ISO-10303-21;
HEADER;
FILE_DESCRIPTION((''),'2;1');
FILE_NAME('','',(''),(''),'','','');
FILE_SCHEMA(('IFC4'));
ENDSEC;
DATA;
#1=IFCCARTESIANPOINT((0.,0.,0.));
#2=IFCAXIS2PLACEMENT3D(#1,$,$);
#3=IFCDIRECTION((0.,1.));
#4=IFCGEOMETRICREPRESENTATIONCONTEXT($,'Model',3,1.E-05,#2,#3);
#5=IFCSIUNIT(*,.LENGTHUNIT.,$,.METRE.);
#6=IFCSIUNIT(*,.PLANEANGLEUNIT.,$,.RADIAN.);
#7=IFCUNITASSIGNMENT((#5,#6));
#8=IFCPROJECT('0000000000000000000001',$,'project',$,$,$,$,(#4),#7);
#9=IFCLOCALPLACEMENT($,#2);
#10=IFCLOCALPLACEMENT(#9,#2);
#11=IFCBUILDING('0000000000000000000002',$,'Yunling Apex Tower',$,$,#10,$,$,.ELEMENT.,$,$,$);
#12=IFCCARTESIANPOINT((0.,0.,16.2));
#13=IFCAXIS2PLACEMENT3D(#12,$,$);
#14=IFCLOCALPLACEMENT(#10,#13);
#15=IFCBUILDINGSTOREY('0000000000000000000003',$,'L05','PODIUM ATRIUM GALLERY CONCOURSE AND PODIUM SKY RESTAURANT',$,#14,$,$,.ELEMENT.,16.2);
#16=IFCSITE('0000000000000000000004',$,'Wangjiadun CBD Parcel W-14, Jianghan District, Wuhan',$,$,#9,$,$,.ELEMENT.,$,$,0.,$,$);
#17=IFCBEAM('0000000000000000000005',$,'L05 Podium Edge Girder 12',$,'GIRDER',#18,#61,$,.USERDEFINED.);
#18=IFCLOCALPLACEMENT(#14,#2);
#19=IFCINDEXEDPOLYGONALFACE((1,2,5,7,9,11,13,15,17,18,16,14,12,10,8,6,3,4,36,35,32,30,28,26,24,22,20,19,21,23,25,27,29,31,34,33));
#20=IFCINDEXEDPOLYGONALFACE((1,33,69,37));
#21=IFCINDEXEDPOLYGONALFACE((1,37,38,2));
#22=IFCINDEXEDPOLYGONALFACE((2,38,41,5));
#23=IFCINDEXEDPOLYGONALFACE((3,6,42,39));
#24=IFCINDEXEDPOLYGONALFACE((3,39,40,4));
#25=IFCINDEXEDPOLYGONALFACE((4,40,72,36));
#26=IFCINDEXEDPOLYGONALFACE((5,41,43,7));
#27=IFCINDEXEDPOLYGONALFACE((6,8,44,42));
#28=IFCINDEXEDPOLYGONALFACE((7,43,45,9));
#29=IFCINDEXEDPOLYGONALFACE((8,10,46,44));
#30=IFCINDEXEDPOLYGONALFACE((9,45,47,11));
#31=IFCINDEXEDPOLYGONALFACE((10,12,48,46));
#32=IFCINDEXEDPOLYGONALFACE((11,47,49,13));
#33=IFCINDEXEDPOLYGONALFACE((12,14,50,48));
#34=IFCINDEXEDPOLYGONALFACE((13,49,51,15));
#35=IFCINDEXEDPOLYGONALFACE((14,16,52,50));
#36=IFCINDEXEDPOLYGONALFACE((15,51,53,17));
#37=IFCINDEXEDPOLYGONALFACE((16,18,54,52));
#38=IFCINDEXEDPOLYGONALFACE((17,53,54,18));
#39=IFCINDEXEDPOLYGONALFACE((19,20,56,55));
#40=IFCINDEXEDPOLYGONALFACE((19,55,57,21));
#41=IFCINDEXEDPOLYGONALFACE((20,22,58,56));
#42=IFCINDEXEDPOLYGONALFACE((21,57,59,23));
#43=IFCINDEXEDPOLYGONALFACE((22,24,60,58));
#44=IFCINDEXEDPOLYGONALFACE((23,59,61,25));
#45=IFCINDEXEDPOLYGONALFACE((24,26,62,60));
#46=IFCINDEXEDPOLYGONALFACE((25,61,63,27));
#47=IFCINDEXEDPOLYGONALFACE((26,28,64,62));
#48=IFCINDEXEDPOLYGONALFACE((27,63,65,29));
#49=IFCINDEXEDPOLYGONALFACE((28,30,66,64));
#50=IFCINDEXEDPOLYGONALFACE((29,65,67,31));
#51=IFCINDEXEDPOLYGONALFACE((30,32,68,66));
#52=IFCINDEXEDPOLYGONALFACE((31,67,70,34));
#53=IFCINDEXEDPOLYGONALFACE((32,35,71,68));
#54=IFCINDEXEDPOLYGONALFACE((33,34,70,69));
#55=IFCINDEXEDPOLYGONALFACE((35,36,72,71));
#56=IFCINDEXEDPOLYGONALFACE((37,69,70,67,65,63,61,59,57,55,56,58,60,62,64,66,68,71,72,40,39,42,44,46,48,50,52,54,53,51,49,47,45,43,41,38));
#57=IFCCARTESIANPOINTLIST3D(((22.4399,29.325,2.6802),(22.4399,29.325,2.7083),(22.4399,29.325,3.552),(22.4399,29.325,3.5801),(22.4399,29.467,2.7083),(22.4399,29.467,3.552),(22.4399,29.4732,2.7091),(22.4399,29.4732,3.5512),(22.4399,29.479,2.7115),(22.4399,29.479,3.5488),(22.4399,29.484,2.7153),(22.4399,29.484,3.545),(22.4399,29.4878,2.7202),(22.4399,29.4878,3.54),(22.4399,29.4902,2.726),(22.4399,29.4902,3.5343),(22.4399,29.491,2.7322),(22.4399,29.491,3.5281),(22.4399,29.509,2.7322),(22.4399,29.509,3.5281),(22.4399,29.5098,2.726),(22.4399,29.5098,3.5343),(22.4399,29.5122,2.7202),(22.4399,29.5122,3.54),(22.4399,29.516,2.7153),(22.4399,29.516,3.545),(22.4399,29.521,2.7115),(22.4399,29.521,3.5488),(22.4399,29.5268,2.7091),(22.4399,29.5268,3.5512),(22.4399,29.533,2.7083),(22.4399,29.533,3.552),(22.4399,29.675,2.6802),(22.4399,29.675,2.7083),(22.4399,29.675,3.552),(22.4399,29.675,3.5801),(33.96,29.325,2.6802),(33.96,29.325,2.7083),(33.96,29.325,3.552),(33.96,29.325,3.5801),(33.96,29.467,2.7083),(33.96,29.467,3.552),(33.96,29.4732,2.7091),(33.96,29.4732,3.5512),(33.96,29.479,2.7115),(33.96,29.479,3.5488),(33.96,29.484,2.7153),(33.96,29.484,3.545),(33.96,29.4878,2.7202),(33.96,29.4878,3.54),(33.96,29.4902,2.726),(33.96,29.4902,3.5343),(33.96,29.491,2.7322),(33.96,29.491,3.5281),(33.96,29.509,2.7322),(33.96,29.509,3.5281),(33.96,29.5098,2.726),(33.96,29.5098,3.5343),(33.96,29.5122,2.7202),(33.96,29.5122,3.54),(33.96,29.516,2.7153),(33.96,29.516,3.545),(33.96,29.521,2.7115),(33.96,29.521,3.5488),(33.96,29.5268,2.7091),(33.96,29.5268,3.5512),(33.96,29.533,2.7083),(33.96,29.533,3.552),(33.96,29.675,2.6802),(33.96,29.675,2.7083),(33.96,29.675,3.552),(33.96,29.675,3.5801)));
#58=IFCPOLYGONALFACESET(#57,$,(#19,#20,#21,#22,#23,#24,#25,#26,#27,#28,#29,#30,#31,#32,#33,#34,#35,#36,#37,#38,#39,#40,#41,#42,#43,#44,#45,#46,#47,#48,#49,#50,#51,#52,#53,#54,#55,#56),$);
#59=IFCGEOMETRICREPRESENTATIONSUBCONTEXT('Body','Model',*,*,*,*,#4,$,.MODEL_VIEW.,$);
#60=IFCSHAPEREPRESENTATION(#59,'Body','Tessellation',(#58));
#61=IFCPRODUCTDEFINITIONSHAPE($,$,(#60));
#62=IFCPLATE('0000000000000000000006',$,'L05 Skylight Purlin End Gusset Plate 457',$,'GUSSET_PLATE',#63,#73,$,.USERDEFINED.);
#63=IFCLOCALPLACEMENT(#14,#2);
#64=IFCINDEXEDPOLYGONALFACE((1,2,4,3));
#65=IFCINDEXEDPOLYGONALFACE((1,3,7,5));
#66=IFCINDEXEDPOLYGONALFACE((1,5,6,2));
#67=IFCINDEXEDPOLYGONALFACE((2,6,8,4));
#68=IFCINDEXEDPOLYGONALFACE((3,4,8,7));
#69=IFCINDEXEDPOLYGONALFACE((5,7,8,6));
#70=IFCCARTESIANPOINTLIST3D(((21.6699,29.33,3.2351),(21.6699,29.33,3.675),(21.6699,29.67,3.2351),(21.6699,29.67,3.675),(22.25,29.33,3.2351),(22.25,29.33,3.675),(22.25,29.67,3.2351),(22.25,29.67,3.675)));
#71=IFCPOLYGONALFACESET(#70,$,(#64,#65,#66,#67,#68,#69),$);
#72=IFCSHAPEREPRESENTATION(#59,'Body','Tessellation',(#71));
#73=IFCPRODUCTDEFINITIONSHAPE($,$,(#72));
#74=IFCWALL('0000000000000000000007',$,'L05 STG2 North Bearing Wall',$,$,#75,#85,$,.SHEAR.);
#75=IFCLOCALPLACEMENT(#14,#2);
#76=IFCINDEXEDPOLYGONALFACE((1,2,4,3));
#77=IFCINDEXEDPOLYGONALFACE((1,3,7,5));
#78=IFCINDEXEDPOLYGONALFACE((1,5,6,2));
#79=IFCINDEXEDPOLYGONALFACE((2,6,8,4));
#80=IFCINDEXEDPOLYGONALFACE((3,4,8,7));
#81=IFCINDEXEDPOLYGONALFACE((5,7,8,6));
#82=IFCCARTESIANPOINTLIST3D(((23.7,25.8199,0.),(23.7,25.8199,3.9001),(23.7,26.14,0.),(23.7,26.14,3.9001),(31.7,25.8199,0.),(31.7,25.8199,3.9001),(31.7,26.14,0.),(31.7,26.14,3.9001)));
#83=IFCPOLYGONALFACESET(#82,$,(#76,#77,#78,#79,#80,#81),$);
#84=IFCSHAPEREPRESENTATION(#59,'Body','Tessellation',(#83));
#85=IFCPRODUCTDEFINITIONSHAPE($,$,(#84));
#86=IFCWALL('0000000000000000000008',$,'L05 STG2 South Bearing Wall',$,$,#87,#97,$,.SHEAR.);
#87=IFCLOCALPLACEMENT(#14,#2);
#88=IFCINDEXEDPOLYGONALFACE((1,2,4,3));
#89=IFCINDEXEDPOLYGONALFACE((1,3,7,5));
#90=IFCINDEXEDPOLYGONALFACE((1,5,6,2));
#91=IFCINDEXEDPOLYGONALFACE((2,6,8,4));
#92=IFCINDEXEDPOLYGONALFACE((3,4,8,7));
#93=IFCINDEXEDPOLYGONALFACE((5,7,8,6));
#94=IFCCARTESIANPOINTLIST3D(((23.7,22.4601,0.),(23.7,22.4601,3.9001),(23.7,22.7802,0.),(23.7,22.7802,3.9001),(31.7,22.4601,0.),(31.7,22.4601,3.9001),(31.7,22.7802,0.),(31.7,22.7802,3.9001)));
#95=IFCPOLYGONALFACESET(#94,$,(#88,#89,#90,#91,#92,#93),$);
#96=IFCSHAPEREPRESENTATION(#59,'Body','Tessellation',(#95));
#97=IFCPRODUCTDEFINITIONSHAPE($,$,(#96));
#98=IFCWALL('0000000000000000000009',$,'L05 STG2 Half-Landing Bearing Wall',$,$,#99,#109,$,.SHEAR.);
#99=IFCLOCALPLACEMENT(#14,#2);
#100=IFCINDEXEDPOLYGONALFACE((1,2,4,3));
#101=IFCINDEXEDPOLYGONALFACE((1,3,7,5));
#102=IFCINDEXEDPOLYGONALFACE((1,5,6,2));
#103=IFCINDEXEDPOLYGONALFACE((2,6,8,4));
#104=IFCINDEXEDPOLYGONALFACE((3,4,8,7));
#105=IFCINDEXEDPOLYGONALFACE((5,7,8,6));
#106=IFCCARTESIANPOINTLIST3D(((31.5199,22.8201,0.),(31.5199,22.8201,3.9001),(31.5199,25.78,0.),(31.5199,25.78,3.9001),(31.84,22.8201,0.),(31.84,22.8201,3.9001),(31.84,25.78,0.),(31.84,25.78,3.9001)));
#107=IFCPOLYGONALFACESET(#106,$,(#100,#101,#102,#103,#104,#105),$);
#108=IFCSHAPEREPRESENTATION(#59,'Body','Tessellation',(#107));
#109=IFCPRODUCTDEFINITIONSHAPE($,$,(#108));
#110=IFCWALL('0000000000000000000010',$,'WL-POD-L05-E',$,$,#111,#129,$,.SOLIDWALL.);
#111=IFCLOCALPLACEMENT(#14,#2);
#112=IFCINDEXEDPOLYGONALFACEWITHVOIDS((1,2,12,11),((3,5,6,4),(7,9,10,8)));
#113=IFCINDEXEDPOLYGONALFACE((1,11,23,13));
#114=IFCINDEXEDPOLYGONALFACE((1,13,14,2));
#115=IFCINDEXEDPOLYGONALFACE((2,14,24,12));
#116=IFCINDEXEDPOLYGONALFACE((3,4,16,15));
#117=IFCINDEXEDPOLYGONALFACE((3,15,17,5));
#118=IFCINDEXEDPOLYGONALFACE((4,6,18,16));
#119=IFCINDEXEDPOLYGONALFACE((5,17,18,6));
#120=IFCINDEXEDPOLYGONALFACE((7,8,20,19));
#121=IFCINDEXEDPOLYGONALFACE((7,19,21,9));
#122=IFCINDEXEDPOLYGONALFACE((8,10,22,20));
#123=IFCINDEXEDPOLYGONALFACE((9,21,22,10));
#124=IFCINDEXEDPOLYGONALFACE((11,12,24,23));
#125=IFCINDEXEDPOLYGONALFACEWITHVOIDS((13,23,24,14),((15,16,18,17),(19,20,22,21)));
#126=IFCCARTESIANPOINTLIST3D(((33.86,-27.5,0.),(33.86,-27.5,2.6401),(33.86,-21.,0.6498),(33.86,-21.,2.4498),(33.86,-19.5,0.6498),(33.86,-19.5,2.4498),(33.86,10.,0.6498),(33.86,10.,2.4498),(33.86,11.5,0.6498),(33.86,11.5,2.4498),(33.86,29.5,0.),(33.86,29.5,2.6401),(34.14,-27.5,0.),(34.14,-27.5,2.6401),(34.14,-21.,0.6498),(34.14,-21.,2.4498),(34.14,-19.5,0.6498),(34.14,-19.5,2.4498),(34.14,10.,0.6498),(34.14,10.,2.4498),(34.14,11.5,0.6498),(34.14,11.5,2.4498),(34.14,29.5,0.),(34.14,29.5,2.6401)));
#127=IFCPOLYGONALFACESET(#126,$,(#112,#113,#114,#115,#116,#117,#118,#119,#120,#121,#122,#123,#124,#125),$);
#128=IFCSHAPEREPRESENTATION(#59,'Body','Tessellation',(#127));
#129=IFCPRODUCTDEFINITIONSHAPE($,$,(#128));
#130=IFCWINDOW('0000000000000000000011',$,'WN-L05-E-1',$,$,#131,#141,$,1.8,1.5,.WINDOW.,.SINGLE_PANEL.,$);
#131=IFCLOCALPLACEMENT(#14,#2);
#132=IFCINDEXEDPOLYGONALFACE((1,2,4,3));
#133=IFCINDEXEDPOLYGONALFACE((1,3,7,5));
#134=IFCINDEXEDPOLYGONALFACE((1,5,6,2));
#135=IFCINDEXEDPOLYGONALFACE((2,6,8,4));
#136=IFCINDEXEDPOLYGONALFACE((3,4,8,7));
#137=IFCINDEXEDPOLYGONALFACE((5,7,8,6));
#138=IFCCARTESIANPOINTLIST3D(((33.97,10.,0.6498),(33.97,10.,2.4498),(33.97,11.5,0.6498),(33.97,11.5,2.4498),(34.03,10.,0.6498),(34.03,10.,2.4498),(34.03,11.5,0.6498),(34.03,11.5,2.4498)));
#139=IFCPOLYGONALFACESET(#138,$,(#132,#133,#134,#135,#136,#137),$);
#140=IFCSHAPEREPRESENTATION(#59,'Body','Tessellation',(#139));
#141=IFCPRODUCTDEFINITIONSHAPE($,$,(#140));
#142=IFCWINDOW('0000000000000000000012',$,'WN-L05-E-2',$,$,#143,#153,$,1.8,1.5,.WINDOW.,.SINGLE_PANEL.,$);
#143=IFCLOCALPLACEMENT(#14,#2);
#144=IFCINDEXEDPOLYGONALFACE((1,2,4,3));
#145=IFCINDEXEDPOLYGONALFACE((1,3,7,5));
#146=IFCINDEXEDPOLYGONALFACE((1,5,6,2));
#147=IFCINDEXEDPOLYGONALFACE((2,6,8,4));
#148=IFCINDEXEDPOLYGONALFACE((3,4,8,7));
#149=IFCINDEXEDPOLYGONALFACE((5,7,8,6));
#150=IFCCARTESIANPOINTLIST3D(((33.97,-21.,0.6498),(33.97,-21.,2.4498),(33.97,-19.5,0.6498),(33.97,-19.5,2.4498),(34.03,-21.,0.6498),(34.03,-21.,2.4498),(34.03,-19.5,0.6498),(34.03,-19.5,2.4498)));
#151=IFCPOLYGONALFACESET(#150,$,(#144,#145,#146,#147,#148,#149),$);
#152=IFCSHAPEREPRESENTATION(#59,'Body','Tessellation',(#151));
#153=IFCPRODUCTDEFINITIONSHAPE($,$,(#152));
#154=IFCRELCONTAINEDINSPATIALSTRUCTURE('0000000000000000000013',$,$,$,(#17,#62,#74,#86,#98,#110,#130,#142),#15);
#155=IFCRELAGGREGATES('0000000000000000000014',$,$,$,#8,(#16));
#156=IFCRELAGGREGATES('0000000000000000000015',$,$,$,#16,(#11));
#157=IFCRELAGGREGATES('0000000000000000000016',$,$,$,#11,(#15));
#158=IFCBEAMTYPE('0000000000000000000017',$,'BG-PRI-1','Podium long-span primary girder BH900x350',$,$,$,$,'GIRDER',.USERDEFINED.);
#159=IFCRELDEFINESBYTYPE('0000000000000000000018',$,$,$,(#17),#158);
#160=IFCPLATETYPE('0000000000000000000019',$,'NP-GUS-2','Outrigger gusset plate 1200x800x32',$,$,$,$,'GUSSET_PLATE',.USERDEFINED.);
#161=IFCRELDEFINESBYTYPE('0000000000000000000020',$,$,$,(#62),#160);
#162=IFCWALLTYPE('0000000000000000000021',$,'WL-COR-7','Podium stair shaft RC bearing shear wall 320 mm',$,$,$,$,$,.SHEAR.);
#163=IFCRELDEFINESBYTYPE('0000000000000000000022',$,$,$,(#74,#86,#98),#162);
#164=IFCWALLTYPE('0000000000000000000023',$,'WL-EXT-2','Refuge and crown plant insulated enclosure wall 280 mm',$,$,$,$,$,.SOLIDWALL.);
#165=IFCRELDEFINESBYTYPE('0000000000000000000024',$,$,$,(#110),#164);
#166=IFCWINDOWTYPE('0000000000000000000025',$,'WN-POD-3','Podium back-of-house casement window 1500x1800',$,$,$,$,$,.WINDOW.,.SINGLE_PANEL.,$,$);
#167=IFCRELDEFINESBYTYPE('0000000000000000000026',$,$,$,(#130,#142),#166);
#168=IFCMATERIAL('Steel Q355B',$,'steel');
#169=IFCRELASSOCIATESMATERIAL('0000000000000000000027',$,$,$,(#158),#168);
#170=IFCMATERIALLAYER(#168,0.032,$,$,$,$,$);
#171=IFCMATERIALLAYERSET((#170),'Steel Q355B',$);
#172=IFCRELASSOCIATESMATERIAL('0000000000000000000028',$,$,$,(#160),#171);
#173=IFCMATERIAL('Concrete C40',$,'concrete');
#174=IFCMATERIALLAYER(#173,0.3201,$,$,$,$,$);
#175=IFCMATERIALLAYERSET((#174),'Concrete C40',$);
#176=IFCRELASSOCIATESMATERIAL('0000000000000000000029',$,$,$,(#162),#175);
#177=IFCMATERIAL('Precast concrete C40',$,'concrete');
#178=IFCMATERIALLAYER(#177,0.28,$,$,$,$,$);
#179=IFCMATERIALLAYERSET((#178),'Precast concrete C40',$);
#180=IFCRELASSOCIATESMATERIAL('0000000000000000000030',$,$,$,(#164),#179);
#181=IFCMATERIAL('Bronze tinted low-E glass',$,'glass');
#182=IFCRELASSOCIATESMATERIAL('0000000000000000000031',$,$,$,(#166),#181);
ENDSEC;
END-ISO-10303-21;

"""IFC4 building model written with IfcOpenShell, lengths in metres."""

from ifc_helpers import new_model, si_unit, direction, frame, frame_2d, origin, origin_2d, place, context, subcontext, project, spatial, rectangle, i_section, extrude, source, transform, mapped, material, layer, layer_set, material_profile, profile_set, type_object, element, fill, save


model = new_model("IFC4")

# Units and contexts
model_context = context("Model", 3, precision=1e-05, world=origin(), true_north=direction((0.0, 1.0)))
body_context = subcontext(model_context, "Body", "Model", "MODEL_VIEW")
ifc_project = project(units=[si_unit("LENGTHUNIT", "METRE"), si_unit("PLANEANGLEUNIT", "RADIAN")], contexts=[model_context])

# Site, building, storey
site_placement = place(None, origin())
site = spatial("IfcSite", under=ifc_project, at=site_placement, Name="Wangjiadun CBD Parcel W-14, Jianghan District, Wuhan", CompositionType="ELEMENT", RefElevation=0.0)
building_placement = place(site_placement, origin())
building = spatial("IfcBuilding", under=site, at=building_placement, Name="Yunling Apex Tower", CompositionType="ELEMENT")
storey_placement = place(building_placement, frame((0.0, 0.0, 16.2)))
storey = spatial("IfcBuildingStorey", under=building, at=storey_placement, Name="L05", Description="PODIUM ATRIUM GALLERY CONCOURSE AND PODIUM SKY RESTAURANT", CompositionType="ELEMENT", Elevation=16.2)

# Beam
ifc_material_1 = material(Name="Steel Q355B", Category="steel")
ifc_material_profile_1 = material_profile(ifc_material_1, i_section(OverallWidth=0.3501, OverallDepth=0.8999, WebThickness=0.0181, FlangeThickness=0.0281, FilletRadius=0.0239, at=origin_2d()))
ifc_profile_set_1 = profile_set([ifc_material_profile_1], Name="Steel Q355B")
beam_type_1 = type_object("IfcBeamType", Name="BG-PRI-1", Description="Podium long-span primary girder BH900x350", ElementType="GIRDER", PredefinedType="USERDEFINED", material=ifc_profile_set_1)
shared_shape_1 = source(origin(), body_context, "Body", "SweptSolid", [
    extrude(i_section(OverallWidth=0.3501, OverallDepth=0.8999, WebThickness=0.0181, FlangeThickness=0.0281, FilletRadius=0.0239, at=origin_2d()), origin(), (0.0, 0.0, 1.0), 11.52),
])
beam_1_placement = place(storey_placement, frame((22.4399, 29.5, 3.1301), z_axis=(1.0, 0.0, 0.0), x_axis=(0.0, 1.0, 0.0)))
element("IfcBeam", 1, at=beam_1_placement, inside=storey, type_object=beam_type_1, Name="L05 Podium Edge Girder 12", ObjectType="GIRDER", PredefinedType="USERDEFINED", context=body_context, shape_type="MappedRepresentation", body=[
    mapped(shared_shape_1, transform((0.0, 0.0, 0.0), scale=1.0)),
])

# Plate
ifc_layer_1 = layer(ifc_material_1, 0.032)
ifc_layer_set_1 = layer_set([ifc_layer_1], Name="Steel Q355B")
plate_type = type_object("IfcPlateType", Name="NP-GUS-2", Description="Outrigger gusset plate 1200x800x32", ElementType="GUSSET_PLATE", PredefinedType="USERDEFINED", material=ifc_layer_set_1)
shared_shape_2 = source(origin(), body_context, "Body", "SweptSolid", [
    extrude(rectangle(XDim=0.5801, YDim=0.3401, at=origin_2d()), origin(), (0.0, 0.0, 1.0), 0.4399),
])
plate_placement = place(storey_placement, frame((21.96, 29.5, 3.2351), z_axis=(0.0, 0.0, 1.0), x_axis=(1.0, 0.0, 0.0)))
element("IfcPlate", 2, at=plate_placement, inside=storey, type_object=plate_type, Name="L05 Skylight Purlin End Gusset Plate 457", ObjectType="GUSSET_PLATE", PredefinedType="USERDEFINED", context=body_context, shape_type="MappedRepresentation", body=[
    mapped(shared_shape_2, transform((0.0, 0.0, 0.0), scale=1.0)),
])

# Walls
ifc_material_2 = material(Name="Concrete C40", Category="concrete")
ifc_layer_2 = layer(ifc_material_2, 0.3201)
ifc_layer_set_2 = layer_set([ifc_layer_2], Name="Concrete C40")
wall_type_1 = type_object("IfcWallType", Name="WL-COR-7", Description="Podium stair shaft RC bearing shear wall 320 mm", PredefinedType="SHEAR", material=ifc_layer_set_2)
for number, where, z_axis, x_axis, name in (
    (3, (23.7, 25.98, 0.0), (0.0, 0.0, 1.0), (1.0, 0.0, 0.0), "L05 STG2 North Bearing Wall"),
    (4, (23.7, 22.6201, 0.0), (0.0, 0.0, 1.0), (1.0, 0.0, 0.0), "L05 STG2 South Bearing Wall"),
):
    element("IfcWall", number, at=place(storey_placement, frame(where, z_axis=z_axis, x_axis=x_axis)), inside=storey, type_object=wall_type_1, Name=name, PredefinedType="SHEAR", context=body_context, shape_type="SweptSolid", body=[
        extrude(rectangle(XDim=8.0, YDim=0.3201, at=frame_2d((4.0, 0.0))), origin(), (0.0, 0.0, 1.0), 3.9001),
    ])
wall_1_placement = place(storey_placement, frame((31.6799, 22.8201, 0.0), z_axis=(0.0, 0.0, 1.0), x_axis=(0.0, 1.0, 0.0)))
element("IfcWall", 5, at=wall_1_placement, inside=storey, type_object=wall_type_1, Name="L05 STG2 Half-Landing Bearing Wall", PredefinedType="SHEAR", context=body_context, shape_type="SweptSolid", body=[
    extrude(rectangle(XDim=2.96, YDim=0.3201, at=frame_2d((1.48, 0.0))), origin(), (0.0, 0.0, 1.0), 3.9001),
])

# Wall, openings, windows
ifc_material_3 = material(Name="Precast concrete C40", Category="concrete")
ifc_layer_3 = layer(ifc_material_3, 0.28)
ifc_layer_set_3 = layer_set([ifc_layer_3], Name="Precast concrete C40")
wall_type_2 = type_object("IfcWallType", Name="WL-EXT-2", Description="Refuge and crown plant insulated enclosure wall 280 mm", PredefinedType="SOLIDWALL", material=ifc_layer_set_3)
wall_2_placement = place(storey_placement, frame((34.0, 29.5, 0.0), z_axis=(0.0, 0.0, 1.0), x_axis=(0.0, -1.0, 0.0)))
wall_2 = element("IfcWall", 6, at=wall_2_placement, inside=storey, type_object=wall_type_2, Name="WL-POD-L05-E", PredefinedType="SOLIDWALL", context=body_context, shape_type="SweptSolid", body=[
    extrude(rectangle(XDim=57.0, YDim=0.28, at=frame_2d((28.5, 0.0))), origin(), (0.0, 0.0, 1.0), 2.6401),
])
opening_1_placement = place(wall_2_placement, frame((18.0, 0.0, 0.6499)))
opening_1 = element("IfcOpeningElement", 7, at=opening_1_placement, cuts=wall_2, PredefinedType="OPENING", context=body_context, shape_type="SweptSolid", body=[
    extrude(rectangle(XDim=1.5, YDim=1.8, at=frame_2d((0.75, 0.8999))), frame((0.0, 0.1499, 0.0), z_axis=(0.0, -1.0, 0.0), x_axis=(1.0, 0.0, 0.0)), (0.0, 0.0, 1.0), 0.3),
])
opening_2_placement = place(wall_2_placement, frame((49.0, 0.0, 0.6499)))
opening_2 = element("IfcOpeningElement", 8, at=opening_2_placement, cuts=wall_2, PredefinedType="OPENING", context=body_context, shape_type="SweptSolid", body=[
    extrude(rectangle(XDim=1.5, YDim=1.8, at=frame_2d((0.75, 0.8999))), frame((0.0, 0.1499, 0.0), z_axis=(0.0, -1.0, 0.0), x_axis=(1.0, 0.0, 0.0)), (0.0, 0.0, 1.0), 0.3),
])
ifc_material_4 = material(Name="Bronze tinted low-E glass", Category="glass")
window_type = type_object("IfcWindowType", Name="WN-POD-3", Description="Podium back-of-house casement window 1500x1800", PartitioningType="SINGLE_PANEL", PredefinedType="WINDOW", material=ifc_material_4)
window_1_placement = place(opening_1_placement, origin())
window_1 = element("IfcWindow", 9, at=window_1_placement, inside=storey, type_object=window_type, Name="WN-L05-E-1", OverallHeight=1.8, OverallWidth=1.5, PartitioningType="SINGLE_PANEL", PredefinedType="WINDOW", context=body_context, shape_type="SweptSolid", body=[
    extrude(rectangle(XDim=1.5, YDim=1.8, at=frame_2d((0.75, 0.8999))), frame((0.0, 0.03, 0.0), z_axis=(0.0, -1.0, 0.0), x_axis=(1.0, 0.0, 0.0)), (0.0, 0.0, 1.0), 0.0601),
])
fill(opening_1, window_1)
window_2_placement = place(opening_2_placement, origin())
window_2 = element("IfcWindow", 10, at=window_2_placement, inside=storey, type_object=window_type, Name="WN-L05-E-2", OverallHeight=1.8, OverallWidth=1.5, PartitioningType="SINGLE_PANEL", PredefinedType="WINDOW", context=body_context, shape_type="SweptSolid", body=[
    extrude(rectangle(XDim=1.5, YDim=1.8, at=frame_2d((0.75, 0.8999))), frame((0.0, 0.03, 0.0), z_axis=(0.0, -1.0, 0.0), x_axis=(1.0, 0.0, 0.0)), (0.0, 0.0, 1.0), 0.0601),
])
fill(opening_2, window_2)

save(model, "model.ifc")
